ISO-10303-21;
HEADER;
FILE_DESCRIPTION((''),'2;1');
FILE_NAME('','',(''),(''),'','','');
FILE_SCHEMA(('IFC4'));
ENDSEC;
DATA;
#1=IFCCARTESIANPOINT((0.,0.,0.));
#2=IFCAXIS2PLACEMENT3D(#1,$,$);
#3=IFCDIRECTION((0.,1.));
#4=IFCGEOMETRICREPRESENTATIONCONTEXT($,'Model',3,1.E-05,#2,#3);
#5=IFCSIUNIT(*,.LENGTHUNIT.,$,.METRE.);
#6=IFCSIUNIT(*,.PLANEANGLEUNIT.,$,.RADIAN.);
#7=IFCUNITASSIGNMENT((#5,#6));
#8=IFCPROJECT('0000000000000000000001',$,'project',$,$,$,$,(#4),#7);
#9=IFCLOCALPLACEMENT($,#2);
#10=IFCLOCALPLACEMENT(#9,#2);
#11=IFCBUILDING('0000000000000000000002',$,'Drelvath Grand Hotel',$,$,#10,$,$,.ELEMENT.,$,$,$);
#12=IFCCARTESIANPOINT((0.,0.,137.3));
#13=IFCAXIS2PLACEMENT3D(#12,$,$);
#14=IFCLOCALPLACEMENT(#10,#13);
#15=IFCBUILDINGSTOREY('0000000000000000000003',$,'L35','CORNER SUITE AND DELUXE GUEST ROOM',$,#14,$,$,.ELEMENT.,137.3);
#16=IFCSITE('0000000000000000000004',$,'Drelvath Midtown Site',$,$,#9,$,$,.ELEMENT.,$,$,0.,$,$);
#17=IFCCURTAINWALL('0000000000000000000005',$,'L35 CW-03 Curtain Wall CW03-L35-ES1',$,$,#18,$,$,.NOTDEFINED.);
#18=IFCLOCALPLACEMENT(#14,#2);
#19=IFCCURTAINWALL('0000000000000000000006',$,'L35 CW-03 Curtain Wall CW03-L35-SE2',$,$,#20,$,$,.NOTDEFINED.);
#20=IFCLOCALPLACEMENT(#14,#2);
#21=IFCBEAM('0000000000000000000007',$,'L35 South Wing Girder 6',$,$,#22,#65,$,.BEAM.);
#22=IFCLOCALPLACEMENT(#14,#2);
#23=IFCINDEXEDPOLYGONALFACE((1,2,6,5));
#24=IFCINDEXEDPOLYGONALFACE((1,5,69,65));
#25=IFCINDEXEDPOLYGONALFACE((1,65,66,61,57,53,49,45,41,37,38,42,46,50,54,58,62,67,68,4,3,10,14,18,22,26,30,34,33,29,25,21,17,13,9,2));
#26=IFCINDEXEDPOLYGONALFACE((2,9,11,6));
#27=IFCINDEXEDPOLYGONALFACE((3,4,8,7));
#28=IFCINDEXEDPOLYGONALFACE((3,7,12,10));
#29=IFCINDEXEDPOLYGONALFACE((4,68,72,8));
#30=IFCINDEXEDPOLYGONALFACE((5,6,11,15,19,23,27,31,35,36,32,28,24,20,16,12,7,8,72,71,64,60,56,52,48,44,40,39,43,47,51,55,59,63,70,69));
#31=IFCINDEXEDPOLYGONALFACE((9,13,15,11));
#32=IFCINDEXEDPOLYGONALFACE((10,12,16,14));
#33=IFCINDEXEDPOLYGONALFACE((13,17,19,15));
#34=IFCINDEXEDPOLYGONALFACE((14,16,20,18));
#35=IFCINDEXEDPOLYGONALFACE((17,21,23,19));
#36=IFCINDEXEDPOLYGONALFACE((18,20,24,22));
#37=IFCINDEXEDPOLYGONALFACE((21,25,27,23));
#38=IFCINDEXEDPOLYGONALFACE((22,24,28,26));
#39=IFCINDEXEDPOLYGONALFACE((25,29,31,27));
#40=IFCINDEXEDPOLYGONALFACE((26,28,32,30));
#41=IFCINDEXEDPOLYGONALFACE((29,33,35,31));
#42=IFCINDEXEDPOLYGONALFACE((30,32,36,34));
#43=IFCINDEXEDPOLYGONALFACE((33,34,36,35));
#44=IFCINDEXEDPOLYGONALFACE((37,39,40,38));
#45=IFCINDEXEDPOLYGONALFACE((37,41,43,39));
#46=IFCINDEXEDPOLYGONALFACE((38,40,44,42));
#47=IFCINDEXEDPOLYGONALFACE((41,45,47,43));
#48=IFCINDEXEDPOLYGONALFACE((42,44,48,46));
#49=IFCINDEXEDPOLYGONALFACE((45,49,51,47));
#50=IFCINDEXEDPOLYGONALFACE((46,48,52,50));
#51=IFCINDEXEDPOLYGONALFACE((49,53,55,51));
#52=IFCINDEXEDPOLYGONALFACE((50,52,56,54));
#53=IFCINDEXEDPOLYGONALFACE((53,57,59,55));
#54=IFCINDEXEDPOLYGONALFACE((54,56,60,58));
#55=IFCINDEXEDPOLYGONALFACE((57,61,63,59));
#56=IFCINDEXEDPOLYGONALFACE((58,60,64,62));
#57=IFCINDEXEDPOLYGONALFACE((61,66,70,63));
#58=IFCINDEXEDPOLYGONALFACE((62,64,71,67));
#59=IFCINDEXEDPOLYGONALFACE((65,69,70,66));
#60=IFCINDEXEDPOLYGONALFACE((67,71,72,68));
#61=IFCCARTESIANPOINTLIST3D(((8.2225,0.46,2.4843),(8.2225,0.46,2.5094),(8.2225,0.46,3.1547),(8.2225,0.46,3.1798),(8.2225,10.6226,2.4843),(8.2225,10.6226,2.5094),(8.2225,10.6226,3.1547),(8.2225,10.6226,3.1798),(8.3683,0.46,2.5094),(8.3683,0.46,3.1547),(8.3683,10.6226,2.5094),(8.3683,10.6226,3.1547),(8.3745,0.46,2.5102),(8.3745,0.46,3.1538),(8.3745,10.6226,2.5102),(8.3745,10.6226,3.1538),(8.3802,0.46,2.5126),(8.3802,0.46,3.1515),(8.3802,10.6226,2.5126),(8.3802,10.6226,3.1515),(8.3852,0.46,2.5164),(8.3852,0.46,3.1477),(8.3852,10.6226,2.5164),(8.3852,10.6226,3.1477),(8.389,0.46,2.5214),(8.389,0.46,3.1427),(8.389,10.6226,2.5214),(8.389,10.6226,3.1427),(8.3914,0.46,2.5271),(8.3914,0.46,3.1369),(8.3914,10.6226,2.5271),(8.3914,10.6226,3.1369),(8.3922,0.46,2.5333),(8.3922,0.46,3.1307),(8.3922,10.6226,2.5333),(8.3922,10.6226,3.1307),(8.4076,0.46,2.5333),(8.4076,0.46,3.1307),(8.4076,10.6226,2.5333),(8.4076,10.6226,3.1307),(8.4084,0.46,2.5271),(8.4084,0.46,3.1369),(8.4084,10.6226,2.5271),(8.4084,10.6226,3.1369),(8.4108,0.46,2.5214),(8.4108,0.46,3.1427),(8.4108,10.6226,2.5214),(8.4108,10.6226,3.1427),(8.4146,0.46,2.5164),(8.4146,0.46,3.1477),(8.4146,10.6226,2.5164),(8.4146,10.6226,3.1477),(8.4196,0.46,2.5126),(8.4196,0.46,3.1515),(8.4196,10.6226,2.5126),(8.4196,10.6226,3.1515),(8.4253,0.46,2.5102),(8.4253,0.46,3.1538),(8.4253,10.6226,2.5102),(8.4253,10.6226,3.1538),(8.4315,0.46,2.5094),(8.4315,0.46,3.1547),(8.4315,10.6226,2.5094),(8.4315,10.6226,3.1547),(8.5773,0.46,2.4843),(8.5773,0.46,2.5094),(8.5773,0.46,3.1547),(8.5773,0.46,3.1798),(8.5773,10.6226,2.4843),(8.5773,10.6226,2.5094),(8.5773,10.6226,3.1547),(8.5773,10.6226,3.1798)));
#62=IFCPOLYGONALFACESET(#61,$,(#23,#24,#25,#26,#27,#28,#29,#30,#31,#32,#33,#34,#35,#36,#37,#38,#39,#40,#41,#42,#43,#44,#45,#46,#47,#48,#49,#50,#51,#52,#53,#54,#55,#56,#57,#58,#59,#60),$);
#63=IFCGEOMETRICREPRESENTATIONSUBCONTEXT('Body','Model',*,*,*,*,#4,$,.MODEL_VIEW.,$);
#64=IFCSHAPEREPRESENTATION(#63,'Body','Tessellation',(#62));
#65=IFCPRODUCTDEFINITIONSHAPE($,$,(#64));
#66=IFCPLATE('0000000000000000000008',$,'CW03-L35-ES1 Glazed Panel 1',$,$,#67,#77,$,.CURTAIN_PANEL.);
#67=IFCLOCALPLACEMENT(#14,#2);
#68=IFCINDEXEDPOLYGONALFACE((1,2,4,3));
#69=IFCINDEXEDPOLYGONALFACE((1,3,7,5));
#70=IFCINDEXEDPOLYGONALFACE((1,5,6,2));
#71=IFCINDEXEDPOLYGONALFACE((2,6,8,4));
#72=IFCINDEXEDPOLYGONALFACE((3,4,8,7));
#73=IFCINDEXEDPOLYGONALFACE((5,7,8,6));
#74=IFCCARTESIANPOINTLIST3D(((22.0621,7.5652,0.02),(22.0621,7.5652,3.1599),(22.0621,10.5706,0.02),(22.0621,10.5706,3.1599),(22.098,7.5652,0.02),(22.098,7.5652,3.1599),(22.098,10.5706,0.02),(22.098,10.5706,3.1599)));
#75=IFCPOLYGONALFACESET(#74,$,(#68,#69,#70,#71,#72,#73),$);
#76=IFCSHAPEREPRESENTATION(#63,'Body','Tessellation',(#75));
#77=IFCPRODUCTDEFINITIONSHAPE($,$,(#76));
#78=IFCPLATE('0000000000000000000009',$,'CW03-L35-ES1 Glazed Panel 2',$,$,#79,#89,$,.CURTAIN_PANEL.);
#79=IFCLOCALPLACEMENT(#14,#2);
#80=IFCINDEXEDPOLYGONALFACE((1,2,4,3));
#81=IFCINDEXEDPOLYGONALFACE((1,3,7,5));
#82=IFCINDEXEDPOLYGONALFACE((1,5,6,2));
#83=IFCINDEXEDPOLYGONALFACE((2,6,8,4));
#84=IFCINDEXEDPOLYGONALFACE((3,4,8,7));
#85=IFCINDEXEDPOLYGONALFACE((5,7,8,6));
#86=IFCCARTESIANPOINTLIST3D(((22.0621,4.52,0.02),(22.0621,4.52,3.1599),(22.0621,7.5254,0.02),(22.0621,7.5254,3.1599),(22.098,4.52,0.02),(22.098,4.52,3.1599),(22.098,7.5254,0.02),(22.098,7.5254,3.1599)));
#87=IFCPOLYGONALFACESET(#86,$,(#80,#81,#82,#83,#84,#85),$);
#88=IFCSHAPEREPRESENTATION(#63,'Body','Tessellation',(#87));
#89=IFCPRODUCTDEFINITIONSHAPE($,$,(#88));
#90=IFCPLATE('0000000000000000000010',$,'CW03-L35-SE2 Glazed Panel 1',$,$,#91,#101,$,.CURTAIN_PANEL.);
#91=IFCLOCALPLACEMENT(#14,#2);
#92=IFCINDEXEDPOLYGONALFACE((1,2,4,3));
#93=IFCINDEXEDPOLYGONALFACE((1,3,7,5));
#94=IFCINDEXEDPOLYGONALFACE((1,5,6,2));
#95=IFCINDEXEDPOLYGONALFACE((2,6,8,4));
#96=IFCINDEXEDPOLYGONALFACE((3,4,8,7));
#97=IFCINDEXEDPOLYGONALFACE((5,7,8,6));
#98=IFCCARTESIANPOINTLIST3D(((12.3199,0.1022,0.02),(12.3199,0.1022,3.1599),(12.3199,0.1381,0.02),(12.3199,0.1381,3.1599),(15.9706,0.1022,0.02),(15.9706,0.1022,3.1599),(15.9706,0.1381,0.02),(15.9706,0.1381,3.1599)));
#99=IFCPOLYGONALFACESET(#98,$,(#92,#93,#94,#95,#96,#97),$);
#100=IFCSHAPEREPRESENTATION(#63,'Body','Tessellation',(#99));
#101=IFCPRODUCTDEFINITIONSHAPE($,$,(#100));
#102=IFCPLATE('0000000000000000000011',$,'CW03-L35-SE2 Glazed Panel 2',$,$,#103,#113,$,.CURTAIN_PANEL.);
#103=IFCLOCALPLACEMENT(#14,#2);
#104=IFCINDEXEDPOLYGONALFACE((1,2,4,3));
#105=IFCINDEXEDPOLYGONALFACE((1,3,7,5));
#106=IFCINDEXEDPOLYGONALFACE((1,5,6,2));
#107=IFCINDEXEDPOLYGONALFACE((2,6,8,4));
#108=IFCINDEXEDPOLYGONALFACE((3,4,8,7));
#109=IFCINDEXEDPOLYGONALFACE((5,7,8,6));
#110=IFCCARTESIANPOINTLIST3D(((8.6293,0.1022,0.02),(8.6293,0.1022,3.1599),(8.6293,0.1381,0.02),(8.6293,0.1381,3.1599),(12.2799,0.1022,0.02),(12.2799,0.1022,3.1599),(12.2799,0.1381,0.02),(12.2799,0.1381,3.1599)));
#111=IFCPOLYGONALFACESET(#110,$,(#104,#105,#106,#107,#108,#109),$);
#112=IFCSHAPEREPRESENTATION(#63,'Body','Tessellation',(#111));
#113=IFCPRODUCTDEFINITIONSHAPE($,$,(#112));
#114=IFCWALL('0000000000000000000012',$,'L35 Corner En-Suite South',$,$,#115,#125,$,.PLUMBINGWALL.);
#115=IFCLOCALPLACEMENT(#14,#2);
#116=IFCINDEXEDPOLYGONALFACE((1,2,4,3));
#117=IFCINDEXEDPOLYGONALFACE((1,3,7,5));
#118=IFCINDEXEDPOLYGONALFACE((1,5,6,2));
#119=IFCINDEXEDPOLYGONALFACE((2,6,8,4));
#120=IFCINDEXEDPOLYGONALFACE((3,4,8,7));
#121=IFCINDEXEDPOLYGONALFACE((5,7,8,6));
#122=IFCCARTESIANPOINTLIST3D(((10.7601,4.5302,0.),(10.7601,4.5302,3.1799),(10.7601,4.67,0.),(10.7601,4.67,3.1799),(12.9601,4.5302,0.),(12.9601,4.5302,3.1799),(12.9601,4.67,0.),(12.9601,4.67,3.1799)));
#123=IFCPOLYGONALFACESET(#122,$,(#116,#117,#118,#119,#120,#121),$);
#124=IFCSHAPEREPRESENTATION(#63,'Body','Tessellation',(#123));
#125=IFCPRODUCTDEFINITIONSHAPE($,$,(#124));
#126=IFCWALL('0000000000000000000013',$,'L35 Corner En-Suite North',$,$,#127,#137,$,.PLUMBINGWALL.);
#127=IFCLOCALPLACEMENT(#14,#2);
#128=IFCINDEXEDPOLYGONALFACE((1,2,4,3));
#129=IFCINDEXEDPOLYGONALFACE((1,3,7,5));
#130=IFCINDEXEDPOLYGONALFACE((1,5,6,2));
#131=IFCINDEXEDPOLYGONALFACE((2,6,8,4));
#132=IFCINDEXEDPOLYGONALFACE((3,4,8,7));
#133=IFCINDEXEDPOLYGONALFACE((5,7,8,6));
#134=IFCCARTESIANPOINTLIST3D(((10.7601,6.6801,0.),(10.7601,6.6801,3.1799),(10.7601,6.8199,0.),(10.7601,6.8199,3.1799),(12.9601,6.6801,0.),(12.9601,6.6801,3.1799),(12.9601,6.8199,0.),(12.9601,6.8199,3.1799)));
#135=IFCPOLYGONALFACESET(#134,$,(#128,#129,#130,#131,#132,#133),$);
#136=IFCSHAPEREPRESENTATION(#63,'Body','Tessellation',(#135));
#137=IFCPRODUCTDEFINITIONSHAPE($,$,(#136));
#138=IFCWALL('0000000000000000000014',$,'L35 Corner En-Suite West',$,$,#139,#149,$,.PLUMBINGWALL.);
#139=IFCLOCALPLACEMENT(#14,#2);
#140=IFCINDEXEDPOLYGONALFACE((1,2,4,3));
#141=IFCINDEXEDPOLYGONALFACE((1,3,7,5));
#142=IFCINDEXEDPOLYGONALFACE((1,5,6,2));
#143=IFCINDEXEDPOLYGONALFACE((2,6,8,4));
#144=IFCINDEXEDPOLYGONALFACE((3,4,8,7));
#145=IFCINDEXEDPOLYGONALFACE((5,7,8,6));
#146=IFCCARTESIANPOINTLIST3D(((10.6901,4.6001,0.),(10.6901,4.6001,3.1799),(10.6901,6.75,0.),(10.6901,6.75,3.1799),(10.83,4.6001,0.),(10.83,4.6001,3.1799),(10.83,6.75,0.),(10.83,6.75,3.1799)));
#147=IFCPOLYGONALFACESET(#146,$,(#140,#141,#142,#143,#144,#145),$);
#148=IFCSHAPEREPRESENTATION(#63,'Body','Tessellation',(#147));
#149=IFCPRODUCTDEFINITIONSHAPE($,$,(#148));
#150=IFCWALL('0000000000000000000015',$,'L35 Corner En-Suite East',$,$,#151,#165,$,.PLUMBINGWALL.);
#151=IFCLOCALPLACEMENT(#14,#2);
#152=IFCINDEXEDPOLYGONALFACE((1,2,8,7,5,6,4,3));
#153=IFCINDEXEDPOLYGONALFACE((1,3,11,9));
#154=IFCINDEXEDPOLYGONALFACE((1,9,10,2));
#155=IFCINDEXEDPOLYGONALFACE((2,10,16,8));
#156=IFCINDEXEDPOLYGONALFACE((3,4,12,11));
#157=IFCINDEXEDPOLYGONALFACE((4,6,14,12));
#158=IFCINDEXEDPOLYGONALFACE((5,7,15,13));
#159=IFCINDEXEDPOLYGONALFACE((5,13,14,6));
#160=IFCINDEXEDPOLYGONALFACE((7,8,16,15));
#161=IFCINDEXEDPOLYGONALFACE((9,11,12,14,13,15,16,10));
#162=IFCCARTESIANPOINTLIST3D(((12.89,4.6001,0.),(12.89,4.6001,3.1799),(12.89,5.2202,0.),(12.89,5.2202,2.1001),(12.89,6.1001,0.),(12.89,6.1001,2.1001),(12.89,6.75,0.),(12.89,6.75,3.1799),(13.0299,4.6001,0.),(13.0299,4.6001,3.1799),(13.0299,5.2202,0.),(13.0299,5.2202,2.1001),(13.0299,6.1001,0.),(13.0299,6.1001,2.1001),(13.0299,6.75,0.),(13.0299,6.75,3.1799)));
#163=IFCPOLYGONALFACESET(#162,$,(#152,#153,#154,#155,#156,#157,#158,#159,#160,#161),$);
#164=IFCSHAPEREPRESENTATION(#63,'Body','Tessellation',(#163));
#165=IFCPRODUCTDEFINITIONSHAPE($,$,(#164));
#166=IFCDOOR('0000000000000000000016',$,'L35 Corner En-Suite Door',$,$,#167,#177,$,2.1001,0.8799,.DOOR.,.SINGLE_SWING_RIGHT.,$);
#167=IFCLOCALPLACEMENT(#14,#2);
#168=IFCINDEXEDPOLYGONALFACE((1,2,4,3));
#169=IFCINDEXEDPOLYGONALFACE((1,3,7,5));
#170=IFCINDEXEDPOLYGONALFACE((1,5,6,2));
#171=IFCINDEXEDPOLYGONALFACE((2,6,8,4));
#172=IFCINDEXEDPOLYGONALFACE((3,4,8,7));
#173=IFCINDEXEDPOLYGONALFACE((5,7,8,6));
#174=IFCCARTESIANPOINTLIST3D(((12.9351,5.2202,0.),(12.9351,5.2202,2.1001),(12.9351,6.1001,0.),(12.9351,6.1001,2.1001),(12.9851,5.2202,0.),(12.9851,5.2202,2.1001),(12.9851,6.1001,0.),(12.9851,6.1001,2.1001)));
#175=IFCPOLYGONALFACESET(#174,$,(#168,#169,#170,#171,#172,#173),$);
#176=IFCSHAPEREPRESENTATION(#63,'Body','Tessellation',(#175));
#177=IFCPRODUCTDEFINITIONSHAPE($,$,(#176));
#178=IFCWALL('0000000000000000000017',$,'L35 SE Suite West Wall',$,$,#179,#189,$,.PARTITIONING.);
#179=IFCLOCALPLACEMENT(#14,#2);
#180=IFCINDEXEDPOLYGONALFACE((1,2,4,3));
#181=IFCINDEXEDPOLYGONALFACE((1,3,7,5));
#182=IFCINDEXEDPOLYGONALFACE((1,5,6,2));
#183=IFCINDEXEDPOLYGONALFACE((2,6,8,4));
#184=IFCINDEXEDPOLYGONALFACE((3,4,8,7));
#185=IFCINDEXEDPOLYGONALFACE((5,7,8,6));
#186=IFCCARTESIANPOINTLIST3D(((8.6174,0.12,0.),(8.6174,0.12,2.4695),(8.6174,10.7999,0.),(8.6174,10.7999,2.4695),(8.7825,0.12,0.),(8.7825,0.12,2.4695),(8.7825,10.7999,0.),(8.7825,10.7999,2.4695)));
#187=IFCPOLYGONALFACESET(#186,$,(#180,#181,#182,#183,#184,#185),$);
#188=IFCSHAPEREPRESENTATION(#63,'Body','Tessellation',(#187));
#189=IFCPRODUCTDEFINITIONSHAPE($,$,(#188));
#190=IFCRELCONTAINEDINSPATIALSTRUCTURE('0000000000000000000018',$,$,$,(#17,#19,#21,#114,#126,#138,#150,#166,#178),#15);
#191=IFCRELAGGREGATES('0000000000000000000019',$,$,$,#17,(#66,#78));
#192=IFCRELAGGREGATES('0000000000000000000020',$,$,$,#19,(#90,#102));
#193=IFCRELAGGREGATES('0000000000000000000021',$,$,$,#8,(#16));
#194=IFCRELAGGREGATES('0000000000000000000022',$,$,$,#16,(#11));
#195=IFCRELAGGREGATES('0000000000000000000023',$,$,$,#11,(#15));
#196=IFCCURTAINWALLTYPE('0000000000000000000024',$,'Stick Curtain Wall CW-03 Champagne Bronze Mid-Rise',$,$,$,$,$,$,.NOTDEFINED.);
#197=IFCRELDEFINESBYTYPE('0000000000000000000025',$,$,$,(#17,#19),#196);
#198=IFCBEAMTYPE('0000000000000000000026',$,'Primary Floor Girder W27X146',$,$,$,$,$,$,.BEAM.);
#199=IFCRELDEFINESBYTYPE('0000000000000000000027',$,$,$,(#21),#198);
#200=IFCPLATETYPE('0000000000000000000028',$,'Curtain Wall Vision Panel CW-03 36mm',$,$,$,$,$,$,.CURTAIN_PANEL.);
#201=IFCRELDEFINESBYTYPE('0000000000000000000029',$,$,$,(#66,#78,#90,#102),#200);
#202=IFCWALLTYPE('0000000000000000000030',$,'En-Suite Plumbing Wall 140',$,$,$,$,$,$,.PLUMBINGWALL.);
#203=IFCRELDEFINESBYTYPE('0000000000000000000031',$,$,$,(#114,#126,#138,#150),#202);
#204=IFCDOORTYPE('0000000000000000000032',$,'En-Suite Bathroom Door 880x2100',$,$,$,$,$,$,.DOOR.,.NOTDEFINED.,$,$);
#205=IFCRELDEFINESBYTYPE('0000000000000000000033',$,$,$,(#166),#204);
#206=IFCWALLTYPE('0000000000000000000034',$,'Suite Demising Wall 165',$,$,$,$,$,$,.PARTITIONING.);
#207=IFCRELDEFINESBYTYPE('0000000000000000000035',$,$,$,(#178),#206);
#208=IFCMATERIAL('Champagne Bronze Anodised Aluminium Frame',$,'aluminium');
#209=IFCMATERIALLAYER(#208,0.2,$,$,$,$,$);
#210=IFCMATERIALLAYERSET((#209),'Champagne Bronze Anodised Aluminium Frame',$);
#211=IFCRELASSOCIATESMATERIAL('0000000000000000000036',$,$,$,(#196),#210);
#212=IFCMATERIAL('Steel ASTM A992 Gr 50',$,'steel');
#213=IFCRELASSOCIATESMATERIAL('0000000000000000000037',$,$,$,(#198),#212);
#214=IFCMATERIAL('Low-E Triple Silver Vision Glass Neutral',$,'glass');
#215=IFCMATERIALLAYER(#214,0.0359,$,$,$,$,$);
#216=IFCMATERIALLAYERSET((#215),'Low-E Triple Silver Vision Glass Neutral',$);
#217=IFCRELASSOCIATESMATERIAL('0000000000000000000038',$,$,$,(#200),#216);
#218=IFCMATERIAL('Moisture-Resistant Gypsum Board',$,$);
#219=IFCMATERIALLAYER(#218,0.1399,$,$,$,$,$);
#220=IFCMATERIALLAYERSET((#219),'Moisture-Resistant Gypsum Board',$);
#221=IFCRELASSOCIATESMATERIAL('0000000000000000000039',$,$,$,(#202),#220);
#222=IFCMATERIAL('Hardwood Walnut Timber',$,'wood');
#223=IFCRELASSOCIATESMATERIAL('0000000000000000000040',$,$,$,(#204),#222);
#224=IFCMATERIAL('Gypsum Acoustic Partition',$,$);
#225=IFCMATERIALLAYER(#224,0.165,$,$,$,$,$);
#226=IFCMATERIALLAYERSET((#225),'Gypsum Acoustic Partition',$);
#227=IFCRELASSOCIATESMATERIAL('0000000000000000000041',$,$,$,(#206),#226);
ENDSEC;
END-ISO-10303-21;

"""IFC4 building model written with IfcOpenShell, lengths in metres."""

from ifc_helpers import new_model, si_unit, direction, frame, frame_2d, origin, origin_2d, place, context, subcontext, project, spatial, rectangle, i_section, extrude, material, layer, layer_set, material_profile, profile_set, type_object, element, fill, aggregate, save


model = new_model("IFC4")

# Units and contexts
model_context = context("Model", 3, precision=1e-05, world=origin(), true_north=direction((0.0, 1.0)))
body_context = subcontext(model_context, "Body", "Model", "MODEL_VIEW")
ifc_project = project(units=[si_unit("LENGTHUNIT", "METRE"), si_unit("PLANEANGLEUNIT", "RADIAN")], contexts=[model_context])

# Site, building, storey
site_placement = place(None, origin())
site = spatial("IfcSite", under=ifc_project, at=site_placement, Name="Drelvath Midtown Site", CompositionType="ELEMENT", RefElevation=0.0)
building_placement = place(site_placement, origin())
building = spatial("IfcBuilding", under=site, at=building_placement, Name="Drelvath Grand Hotel", CompositionType="ELEMENT")
storey_placement = place(building_placement, frame((0.0, 0.0, 137.3)))
storey = spatial("IfcBuildingStorey", under=building, at=storey_placement, Name="L35", Description="CORNER SUITE AND DELUXE GUEST ROOM", CompositionType="ELEMENT", Elevation=137.3)

# Curtain walls
ifc_material_1 = material(Name="Champagne Bronze Anodised Aluminium Frame", Category="aluminium")
ifc_layer_1 = layer(ifc_material_1, 0.2)
ifc_layer_set_1 = layer_set([ifc_layer_1], Name="Champagne Bronze Anodised Aluminium Frame")
curtain_wall_type = type_object("IfcCurtainWallType", Name="Stick Curtain Wall CW-03 Champagne Bronze Mid-Rise", PredefinedType="NOTDEFINED", material=ifc_layer_set_1)
curtain_wall_1_placement = place(storey_placement, origin())
curtain_wall_1 = element("IfcCurtainWall", 1, at=curtain_wall_1_placement, inside=storey, type_object=curtain_wall_type, Name="L35 CW-03 Curtain Wall CW03-L35-ES1", PredefinedType="NOTDEFINED")
curtain_wall_2_placement = place(storey_placement, origin())
curtain_wall_2 = element("IfcCurtainWall", 2, at=curtain_wall_2_placement, inside=storey, type_object=curtain_wall_type, Name="L35 CW-03 Curtain Wall CW03-L35-SE2", PredefinedType="NOTDEFINED")

# Beam
ifc_material_2 = material(Name="Steel ASTM A992 Gr 50", Category="steel")
ifc_material_profile_1 = material_profile(ifc_material_2, i_section(OverallWidth=0.3547, OverallDepth=0.6956, WebThickness=0.0154, FlangeThickness=0.0251, FilletRadius=0.0239, at=origin_2d()), Name="W27X146")
ifc_profile_set_1 = profile_set([ifc_material_profile_1], Name="Steel ASTM A992 Gr 50")
beam_type_1 = type_object("IfcBeamType", Name="Primary Floor Girder W27X146", PredefinedType="BEAM", material=ifc_profile_set_1)
beam_1_placement = place(storey_placement, frame((8.3999, 0.46, 2.832), z_axis=(0.0, 1.0, 0.0), x_axis=(-1.0, 0.0, 0.0)))
element("IfcBeam", 3, at=beam_1_placement, inside=storey, type_object=beam_type_1, Name="L35 South Wing Girder 6", PredefinedType="BEAM", context=body_context, shape_type="SweptSolid", body=[
    extrude(i_section(OverallWidth=0.3547, OverallDepth=0.6956, WebThickness=0.0154, FlangeThickness=0.0251, FilletRadius=0.0239, at=origin_2d()), origin(), (0.0, 0.0, 1.0), 10.1626),
])

# Plates
ifc_material_3 = material(Name="Low-E Triple Silver Vision Glass Neutral", Category="glass")
ifc_layer_2 = layer(ifc_material_3, 0.0359)
ifc_layer_set_2 = layer_set([ifc_layer_2], Name="Low-E Triple Silver Vision Glass Neutral")
plate_type = type_object("IfcPlateType", Name="Curtain Wall Vision Panel CW-03 36mm", PredefinedType="CURTAIN_PANEL", material=ifc_layer_set_2)
plate_1_placement = place(storey_placement, frame((22.0801, 9.0679, 0.02), z_axis=(0.0, 0.0, 1.0), x_axis=(0.0, -1.0, 0.0)))
plate_1 = element("IfcPlate", 4, at=plate_1_placement, type_object=plate_type, Name="CW03-L35-ES1 Glazed Panel 1", PredefinedType="CURTAIN_PANEL", context=body_context, shape_type="SweptSolid", body=[
    extrude(rectangle(XDim=3.0054, YDim=0.0359, at=origin_2d()), origin(), (0.0, 0.0, 1.0), 3.1399),
])
plate_2_placement = place(storey_placement, frame((22.0801, 6.0227, 0.02), z_axis=(0.0, 0.0, 1.0), x_axis=(0.0, -1.0, 0.0)))
plate_2 = element("IfcPlate", 5, at=plate_2_placement, type_object=plate_type, Name="CW03-L35-ES1 Glazed Panel 2", PredefinedType="CURTAIN_PANEL", context=body_context, shape_type="SweptSolid", body=[
    extrude(rectangle(XDim=3.0054, YDim=0.0359, at=origin_2d()), origin(), (0.0, 0.0, 1.0), 3.1399),
])
aggregate(curtain_wall_1, [plate_1, plate_2])
plate_3_placement = place(storey_placement, frame((14.1453, 0.1201, 0.02), z_axis=(0.0, 0.0, 1.0), x_axis=(-1.0, 0.0, 0.0)))
plate_3 = element("IfcPlate", 6, at=plate_3_placement, type_object=plate_type, Name="CW03-L35-SE2 Glazed Panel 1", PredefinedType="CURTAIN_PANEL", context=body_context, shape_type="SweptSolid", body=[
    extrude(rectangle(XDim=3.6506, YDim=0.0359, at=origin_2d()), origin(), (0.0, 0.0, 1.0), 3.1399),
])
plate_4_placement = place(storey_placement, frame((10.4546, 0.1201, 0.02), z_axis=(0.0, 0.0, 1.0), x_axis=(-1.0, 0.0, 0.0)))
plate_4 = element("IfcPlate", 7, at=plate_4_placement, type_object=plate_type, Name="CW03-L35-SE2 Glazed Panel 2", PredefinedType="CURTAIN_PANEL", context=body_context, shape_type="SweptSolid", body=[
    extrude(rectangle(XDim=3.6506, YDim=0.0359, at=origin_2d()), origin(), (0.0, 0.0, 1.0), 3.1399),
])
aggregate(curtain_wall_2, [plate_3, plate_4])

# Walls
ifc_material_4 = material(Name="Moisture-Resistant Gypsum Board")
ifc_layer_3 = layer(ifc_material_4, 0.1399)
ifc_layer_set_3 = layer_set([ifc_layer_3], Name="Moisture-Resistant Gypsum Board")
wall_type_1 = type_object("IfcWallType", Name="En-Suite Plumbing Wall 140", PredefinedType="PLUMBINGWALL", material=ifc_layer_set_3)
for number, where, z_axis, x_axis, name in (
    (8, (10.76, 4.6001, 0.0), (0.0, 0.0, 1.0), (1.0, 0.0, 0.0), "L35 Corner En-Suite South"),
    (9, (10.76, 6.75, 0.0), (0.0, 0.0, 1.0), (1.0, 0.0, 0.0), "L35 Corner En-Suite North"),
):
    element("IfcWall", number, at=place(storey_placement, frame(where, z_axis=z_axis, x_axis=x_axis)), inside=storey, type_object=wall_type_1, Name=name, PredefinedType="PLUMBINGWALL", context=body_context, shape_type="SweptSolid", body=[
        extrude(rectangle(XDim=2.2, YDim=0.1399, at=frame_2d((1.1001, 0.0))), origin(), (0.0, 0.0, 1.0), 3.1799),
    ])
wall_1_placement = place(storey_placement, frame((10.76, 4.6001, 0.0), z_axis=(0.0, 0.0, 1.0), x_axis=(0.0, 1.0, 0.0)))
element("IfcWall", 10, at=wall_1_placement, inside=storey, type_object=wall_type_1, Name="L35 Corner En-Suite West", PredefinedType="PLUMBINGWALL", context=body_context, shape_type="SweptSolid", body=[
    extrude(rectangle(XDim=2.1499, YDim=0.1399, at=frame_2d((1.075, 0.0))), origin(), (0.0, 0.0, 1.0), 3.1799),
])

# Wall, opening, door
wall_2_placement = place(storey_placement, frame((12.96, 4.6001, 0.0), z_axis=(0.0, 0.0, 1.0), x_axis=(0.0, 1.0, 0.0)))
wall_2 = element("IfcWall", 11, at=wall_2_placement, inside=storey, type_object=wall_type_1, Name="L35 Corner En-Suite East", PredefinedType="PLUMBINGWALL", context=body_context, shape_type="SweptSolid", body=[
    extrude(rectangle(XDim=2.1499, YDim=0.1399, at=frame_2d((1.075, 0.0))), origin(), (0.0, 0.0, 1.0), 3.1799),
])
opening_placement = place(wall_2_placement, frame((0.6201, 0.0, 0.0)))
opening = element("IfcOpeningElement", 12, at=opening_placement, cuts=wall_2, PredefinedType="OPENING", context=body_context, shape_type="SweptSolid", body=[
    extrude(rectangle(XDim=0.8799, YDim=2.1001, at=frame_2d((0.4399, 1.05))), frame((0.0, 0.0798, 0.0), z_axis=(0.0, -1.0, 0.0), x_axis=(1.0, 0.0, 0.0)), (0.0, 0.0, 1.0), 0.1599),
])
ifc_material_5 = material(Name="Hardwood Walnut Timber", Category="wood")
door_type = type_object("IfcDoorType", Name="En-Suite Bathroom Door 880x2100", OperationType="NOTDEFINED", PredefinedType="DOOR", material=ifc_material_5)
door_placement = place(opening_placement, origin())
door = element("IfcDoor", 13, at=door_placement, inside=storey, type_object=door_type, Name="L35 Corner En-Suite Door", OperationType="SINGLE_SWING_RIGHT", OverallHeight=2.1001, OverallWidth=0.8799, PredefinedType="DOOR", context=body_context, shape_type="SweptSolid", body=[
    extrude(rectangle(XDim=0.8799, YDim=2.1001, at=frame_2d((0.4399, 1.05))), frame((0.0, 0.0249, 0.0), z_axis=(0.0, -1.0, 0.0), x_axis=(1.0, 0.0, 0.0)), (0.0, 0.0, 1.0), 0.05),
])
fill(opening, door)

# Wall
ifc_material_6 = material(Name="Gypsum Acoustic Partition")
ifc_layer_4 = layer(ifc_material_6, 0.165)
ifc_layer_set_4 = layer_set([ifc_layer_4], Name="Gypsum Acoustic Partition")
wall_type_2 = type_object("IfcWallType", Name="Suite Demising Wall 165", PredefinedType="PARTITIONING", material=ifc_layer_set_4)
wall_3_placement = place(storey_placement, frame((8.7, 0.1201, 0.0), z_axis=(0.0, 0.0, 1.0), x_axis=(0.0, 1.0, 0.0)))
element("IfcWall", 14, at=wall_3_placement, inside=storey, type_object=wall_type_2, Name="L35 SE Suite West Wall", PredefinedType="PARTITIONING", context=body_context, shape_type="SweptSolid", body=[
    extrude(rectangle(XDim=10.6799, YDim=0.165, at=frame_2d((5.3398, 0.0))), origin(), (0.0, 0.0, 1.0), 2.4695),
])

save(model, "model.ifc")
